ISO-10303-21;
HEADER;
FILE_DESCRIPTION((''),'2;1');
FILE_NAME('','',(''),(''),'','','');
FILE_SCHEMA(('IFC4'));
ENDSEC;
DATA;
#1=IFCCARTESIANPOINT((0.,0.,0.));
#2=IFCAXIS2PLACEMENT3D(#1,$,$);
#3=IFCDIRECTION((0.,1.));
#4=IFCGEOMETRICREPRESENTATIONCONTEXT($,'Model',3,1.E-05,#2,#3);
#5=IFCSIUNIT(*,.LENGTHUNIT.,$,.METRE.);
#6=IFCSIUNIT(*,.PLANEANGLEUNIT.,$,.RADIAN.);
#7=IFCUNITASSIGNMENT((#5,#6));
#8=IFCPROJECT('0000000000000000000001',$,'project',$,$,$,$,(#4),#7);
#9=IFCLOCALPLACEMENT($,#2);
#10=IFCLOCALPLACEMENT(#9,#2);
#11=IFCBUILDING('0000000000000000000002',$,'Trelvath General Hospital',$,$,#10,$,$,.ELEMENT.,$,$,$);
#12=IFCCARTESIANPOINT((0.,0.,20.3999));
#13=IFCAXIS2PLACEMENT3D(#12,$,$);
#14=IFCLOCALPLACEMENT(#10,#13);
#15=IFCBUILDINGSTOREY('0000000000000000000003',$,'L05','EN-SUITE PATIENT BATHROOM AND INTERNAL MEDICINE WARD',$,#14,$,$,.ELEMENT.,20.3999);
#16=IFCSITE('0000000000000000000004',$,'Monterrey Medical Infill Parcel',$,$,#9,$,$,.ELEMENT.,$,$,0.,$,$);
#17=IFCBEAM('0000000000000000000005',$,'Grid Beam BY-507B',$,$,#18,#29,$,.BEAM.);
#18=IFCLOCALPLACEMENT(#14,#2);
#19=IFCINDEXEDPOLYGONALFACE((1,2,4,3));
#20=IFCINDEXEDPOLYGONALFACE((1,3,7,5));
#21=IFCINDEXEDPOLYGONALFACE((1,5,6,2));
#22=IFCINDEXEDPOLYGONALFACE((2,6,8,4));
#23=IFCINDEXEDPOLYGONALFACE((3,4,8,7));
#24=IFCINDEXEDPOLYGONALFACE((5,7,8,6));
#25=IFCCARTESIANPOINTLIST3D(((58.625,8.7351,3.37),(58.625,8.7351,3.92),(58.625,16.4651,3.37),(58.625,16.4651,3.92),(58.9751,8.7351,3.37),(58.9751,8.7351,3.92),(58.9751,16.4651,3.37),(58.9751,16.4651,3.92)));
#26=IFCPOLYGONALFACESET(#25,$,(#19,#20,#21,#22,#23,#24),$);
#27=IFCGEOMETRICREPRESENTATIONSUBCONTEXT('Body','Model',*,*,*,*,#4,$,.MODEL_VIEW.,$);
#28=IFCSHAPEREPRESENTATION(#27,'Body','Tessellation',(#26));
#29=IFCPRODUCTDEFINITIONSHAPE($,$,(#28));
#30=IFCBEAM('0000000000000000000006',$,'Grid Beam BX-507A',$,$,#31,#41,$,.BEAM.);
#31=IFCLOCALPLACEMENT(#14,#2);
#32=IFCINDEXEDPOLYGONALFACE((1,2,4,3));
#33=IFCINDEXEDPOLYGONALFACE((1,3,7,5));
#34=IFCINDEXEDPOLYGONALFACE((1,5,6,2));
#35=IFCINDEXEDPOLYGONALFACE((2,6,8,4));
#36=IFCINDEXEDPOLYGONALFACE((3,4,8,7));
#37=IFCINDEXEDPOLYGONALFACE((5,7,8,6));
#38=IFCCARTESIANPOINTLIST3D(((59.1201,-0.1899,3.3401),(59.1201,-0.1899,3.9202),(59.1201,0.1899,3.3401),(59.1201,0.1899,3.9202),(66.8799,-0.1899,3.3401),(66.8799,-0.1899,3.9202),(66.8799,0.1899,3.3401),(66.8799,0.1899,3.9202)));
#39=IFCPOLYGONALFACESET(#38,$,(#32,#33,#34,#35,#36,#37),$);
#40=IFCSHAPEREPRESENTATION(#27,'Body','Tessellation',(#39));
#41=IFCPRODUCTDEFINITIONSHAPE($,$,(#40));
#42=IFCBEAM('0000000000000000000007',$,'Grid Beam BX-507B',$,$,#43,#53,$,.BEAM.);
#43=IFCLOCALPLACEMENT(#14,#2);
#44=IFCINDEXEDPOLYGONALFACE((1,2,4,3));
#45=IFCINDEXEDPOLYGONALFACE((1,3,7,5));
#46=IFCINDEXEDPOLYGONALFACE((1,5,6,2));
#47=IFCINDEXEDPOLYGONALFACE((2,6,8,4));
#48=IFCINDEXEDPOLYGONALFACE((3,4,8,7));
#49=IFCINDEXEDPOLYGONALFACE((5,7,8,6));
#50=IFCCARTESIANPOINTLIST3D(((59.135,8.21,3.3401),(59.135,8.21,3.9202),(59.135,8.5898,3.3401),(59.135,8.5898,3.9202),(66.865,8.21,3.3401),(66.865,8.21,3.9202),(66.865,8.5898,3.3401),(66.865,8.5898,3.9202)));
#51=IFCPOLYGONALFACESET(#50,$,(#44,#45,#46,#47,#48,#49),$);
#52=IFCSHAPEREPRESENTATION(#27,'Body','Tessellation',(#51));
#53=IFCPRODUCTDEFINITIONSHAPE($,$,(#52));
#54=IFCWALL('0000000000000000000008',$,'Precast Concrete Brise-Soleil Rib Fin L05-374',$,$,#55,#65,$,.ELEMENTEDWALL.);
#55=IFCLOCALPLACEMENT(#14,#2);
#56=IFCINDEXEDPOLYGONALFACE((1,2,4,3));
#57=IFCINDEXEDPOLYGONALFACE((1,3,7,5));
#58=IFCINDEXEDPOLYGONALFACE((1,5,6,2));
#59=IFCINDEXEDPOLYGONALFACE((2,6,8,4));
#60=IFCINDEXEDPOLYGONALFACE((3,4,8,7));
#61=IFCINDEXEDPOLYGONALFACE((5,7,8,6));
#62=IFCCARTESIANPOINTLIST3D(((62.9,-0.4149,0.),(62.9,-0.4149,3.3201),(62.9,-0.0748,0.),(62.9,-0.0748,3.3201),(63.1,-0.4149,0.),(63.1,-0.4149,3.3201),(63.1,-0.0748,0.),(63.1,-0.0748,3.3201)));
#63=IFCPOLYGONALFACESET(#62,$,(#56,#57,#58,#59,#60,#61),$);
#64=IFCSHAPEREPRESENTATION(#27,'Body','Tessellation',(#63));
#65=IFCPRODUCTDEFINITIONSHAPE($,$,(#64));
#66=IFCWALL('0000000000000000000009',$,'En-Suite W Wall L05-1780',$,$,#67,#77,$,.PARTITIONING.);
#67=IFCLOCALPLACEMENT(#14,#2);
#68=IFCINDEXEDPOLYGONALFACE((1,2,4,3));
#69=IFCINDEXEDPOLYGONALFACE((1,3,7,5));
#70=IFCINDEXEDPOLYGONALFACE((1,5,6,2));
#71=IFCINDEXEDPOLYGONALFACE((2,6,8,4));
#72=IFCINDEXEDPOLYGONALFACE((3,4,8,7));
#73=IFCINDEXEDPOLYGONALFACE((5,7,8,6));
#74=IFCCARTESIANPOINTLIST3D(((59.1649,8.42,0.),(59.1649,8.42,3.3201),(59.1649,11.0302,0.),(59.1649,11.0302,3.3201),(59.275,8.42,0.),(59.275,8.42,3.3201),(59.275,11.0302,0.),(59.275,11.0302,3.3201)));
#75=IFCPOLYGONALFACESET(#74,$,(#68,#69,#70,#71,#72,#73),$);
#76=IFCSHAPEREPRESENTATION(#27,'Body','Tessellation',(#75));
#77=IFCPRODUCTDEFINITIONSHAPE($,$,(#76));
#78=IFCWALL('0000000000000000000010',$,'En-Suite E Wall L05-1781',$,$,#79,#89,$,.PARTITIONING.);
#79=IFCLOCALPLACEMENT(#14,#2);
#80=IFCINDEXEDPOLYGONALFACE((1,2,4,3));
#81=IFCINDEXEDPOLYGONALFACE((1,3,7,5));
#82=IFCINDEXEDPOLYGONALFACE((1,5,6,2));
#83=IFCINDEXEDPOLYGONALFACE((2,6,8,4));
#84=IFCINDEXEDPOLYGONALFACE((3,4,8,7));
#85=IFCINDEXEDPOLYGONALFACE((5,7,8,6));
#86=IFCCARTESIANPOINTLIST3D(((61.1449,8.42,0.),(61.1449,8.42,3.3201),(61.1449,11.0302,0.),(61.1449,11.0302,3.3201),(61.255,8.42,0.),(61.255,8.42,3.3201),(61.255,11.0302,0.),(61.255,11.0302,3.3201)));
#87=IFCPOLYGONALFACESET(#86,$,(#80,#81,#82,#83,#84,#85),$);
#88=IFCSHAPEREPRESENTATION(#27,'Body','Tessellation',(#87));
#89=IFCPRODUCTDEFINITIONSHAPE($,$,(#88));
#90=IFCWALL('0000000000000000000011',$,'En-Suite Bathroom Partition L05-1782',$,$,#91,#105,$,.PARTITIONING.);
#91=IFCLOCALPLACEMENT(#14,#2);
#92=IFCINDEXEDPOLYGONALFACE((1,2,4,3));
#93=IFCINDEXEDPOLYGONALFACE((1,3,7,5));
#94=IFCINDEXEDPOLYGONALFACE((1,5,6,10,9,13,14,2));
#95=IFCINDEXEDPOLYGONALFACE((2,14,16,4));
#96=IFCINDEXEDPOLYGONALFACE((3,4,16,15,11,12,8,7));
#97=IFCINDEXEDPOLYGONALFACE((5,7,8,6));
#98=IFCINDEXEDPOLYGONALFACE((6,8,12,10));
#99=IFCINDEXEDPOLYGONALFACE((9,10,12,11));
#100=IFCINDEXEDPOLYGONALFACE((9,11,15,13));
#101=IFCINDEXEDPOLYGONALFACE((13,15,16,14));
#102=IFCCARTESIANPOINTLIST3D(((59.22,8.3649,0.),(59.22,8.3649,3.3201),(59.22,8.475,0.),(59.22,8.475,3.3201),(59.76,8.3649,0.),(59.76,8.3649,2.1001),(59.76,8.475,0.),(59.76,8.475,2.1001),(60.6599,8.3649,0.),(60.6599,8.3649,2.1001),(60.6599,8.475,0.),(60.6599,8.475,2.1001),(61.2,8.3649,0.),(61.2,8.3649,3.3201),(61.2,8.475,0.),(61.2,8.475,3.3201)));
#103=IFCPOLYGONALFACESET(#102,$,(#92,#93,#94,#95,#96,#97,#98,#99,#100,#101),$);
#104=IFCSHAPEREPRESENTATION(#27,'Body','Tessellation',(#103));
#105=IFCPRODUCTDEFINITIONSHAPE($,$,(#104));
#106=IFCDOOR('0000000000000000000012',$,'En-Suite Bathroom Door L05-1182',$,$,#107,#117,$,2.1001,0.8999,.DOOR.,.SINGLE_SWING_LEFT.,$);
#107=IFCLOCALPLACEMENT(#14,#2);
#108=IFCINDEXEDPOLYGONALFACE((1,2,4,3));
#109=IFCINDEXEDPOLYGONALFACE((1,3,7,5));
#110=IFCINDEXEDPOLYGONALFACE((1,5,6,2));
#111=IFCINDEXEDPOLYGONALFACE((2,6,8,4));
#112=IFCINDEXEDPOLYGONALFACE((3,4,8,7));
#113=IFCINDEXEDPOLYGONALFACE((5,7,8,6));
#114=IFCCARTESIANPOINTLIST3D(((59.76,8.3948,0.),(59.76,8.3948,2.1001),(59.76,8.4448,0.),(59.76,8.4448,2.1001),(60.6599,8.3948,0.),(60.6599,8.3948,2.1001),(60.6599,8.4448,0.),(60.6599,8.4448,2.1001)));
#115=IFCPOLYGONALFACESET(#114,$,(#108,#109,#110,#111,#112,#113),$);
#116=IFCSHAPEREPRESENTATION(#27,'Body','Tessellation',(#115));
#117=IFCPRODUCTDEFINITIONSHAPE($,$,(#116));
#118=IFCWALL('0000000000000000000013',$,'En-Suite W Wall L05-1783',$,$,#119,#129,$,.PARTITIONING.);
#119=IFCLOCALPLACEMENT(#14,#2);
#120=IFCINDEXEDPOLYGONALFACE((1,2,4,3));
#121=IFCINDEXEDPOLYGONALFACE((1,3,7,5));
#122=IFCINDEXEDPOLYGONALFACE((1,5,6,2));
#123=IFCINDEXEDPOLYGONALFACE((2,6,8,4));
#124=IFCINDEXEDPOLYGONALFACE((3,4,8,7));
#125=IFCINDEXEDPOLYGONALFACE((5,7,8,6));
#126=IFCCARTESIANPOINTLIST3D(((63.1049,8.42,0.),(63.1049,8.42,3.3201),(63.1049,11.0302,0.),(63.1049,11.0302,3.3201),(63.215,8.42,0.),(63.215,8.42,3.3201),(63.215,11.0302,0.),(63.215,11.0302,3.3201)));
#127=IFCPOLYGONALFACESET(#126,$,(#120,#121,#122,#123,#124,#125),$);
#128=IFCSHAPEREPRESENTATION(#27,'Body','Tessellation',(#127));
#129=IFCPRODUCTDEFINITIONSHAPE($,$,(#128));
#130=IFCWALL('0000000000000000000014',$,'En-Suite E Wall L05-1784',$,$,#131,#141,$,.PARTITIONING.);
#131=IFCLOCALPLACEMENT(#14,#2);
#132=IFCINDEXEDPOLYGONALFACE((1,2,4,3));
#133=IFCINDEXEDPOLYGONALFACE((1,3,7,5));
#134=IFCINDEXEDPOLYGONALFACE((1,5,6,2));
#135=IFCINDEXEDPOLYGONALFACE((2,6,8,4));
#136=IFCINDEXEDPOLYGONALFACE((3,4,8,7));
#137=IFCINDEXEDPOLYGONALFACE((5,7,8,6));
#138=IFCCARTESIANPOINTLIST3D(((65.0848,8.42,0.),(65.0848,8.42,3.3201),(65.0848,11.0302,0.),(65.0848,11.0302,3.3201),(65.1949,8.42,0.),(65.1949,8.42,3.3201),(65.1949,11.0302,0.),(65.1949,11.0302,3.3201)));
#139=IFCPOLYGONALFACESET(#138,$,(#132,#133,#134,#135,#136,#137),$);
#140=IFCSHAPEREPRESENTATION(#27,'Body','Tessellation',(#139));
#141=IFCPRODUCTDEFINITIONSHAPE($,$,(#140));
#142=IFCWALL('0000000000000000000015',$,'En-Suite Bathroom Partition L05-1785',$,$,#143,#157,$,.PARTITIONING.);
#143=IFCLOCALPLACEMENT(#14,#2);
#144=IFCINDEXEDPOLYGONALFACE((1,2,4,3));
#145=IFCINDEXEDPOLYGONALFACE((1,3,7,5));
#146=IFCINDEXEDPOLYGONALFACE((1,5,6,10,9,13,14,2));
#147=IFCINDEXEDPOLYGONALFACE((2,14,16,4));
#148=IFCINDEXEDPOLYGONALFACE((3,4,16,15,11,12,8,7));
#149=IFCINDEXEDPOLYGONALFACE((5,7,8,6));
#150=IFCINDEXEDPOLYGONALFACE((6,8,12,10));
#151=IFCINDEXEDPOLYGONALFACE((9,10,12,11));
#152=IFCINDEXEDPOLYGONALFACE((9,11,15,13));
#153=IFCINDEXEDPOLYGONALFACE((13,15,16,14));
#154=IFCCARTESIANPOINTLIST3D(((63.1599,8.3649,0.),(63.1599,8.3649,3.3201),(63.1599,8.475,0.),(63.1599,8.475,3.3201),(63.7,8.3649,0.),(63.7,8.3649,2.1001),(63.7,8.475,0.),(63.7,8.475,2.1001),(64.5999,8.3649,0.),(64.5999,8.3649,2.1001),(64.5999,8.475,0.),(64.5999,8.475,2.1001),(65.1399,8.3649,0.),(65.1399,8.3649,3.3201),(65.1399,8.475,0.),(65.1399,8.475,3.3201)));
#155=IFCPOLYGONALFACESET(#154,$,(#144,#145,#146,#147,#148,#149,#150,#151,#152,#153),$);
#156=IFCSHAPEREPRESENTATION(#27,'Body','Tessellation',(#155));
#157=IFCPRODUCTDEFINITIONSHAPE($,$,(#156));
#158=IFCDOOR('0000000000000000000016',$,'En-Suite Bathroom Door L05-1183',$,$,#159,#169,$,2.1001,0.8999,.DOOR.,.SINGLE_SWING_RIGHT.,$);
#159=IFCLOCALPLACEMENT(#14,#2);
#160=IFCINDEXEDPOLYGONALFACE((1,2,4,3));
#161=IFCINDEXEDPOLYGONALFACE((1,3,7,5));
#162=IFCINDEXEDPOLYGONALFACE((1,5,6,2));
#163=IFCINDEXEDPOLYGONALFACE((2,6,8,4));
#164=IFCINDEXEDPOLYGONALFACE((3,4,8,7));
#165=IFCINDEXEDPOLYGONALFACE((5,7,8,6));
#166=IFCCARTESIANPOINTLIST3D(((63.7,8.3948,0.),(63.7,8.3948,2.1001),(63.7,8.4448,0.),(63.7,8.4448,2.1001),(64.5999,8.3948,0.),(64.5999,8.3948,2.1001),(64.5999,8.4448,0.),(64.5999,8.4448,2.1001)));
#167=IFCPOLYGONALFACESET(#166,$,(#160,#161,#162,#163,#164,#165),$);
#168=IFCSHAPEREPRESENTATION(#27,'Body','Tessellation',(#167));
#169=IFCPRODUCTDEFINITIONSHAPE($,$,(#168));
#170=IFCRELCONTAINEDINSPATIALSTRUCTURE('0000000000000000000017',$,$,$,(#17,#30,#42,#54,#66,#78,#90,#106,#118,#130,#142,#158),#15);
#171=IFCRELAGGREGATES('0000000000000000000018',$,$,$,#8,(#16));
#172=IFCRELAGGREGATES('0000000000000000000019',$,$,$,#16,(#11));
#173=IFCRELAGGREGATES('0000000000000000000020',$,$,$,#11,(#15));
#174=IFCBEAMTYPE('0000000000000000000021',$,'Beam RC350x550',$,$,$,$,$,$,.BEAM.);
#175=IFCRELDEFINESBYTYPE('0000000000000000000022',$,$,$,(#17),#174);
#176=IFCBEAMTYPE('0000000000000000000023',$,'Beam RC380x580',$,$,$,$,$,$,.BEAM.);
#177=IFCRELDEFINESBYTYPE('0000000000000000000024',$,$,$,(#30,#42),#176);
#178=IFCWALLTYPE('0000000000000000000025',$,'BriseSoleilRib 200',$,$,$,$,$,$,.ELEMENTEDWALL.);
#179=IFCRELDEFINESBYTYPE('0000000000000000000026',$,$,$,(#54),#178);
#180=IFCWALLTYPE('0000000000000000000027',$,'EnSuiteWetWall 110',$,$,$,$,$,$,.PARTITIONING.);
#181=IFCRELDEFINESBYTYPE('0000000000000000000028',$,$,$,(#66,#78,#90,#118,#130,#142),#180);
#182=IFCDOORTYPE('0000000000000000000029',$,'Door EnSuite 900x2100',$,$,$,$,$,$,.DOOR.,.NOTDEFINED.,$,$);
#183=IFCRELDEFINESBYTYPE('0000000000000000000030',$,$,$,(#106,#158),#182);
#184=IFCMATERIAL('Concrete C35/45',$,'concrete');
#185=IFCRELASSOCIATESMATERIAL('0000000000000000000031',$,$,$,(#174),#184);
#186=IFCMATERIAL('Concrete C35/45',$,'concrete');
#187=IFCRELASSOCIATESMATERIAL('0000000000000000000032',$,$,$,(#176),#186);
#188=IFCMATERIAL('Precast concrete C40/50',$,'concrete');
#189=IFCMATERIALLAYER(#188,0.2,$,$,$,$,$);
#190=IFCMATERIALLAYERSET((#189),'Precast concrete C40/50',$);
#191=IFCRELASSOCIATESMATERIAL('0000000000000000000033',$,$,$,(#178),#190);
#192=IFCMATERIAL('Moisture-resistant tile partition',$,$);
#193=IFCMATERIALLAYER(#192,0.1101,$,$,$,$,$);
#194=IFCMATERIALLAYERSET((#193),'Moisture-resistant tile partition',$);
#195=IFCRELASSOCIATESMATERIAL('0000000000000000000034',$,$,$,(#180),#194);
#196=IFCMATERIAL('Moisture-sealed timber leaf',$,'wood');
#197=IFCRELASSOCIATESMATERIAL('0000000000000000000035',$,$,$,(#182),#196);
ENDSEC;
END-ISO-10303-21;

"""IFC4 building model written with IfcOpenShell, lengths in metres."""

from ifc_helpers import new_model, si_unit, direction, frame, frame_2d, origin, origin_2d, place, context, subcontext, project, spatial, rectangle, extrude, material, layer, layer_set, material_profile, profile_set, type_object, element, fill, save


model = new_model("IFC4")

# Units and contexts
model_context = context("Model", 3, precision=1e-05, world=origin(), true_north=direction((0.0, 1.0)))
body_context = subcontext(model_context, "Body", "Model", "MODEL_VIEW")
ifc_project = project(units=[si_unit("LENGTHUNIT", "METRE"), si_unit("PLANEANGLEUNIT", "RADIAN")], contexts=[model_context])

# Site, building, storey
site_placement = place(None, origin())
site = spatial("IfcSite", under=ifc_project, at=site_placement, Name="Monterrey Medical Infill Parcel", CompositionType="ELEMENT", RefElevation=0.0)
building_placement = place(site_placement, origin())
building = spatial("IfcBuilding", under=site, at=building_placement, Name="Trelvath General Hospital", CompositionType="ELEMENT")
storey_placement = place(building_placement, frame((0.0, 0.0, 20.3999)))
storey = spatial("IfcBuildingStorey", under=building, at=storey_placement, Name="L05", Description="EN-SUITE PATIENT BATHROOM AND INTERNAL MEDICINE WARD", CompositionType="ELEMENT", Elevation=20.3999)

# Beams
ifc_material_1 = material(Name="Concrete C35/45", Category="concrete")
ifc_material_profile_1 = material_profile(ifc_material_1, rectangle(XDim=0.3501, YDim=0.55, at=origin_2d()), Name="RCB350x550")
ifc_profile_set_1 = profile_set([ifc_material_profile_1], Name="Concrete C35/45")
beam_type_1 = type_object("IfcBeamType", Name="Beam RC350x550", PredefinedType="BEAM", material=ifc_profile_set_1)
beam_1_placement = place(storey_placement, frame((58.8, 8.7351, 3.645), z_axis=(0.0, 1.0, 0.0), x_axis=(-1.0, 0.0, 0.0)))
element("IfcBeam", 1, at=beam_1_placement, inside=storey, type_object=beam_type_1, Name="Grid Beam BY-507B", PredefinedType="BEAM", context=body_context, shape_type="SweptSolid", body=[
    extrude(rectangle(XDim=0.3501, YDim=0.55, at=origin_2d()), origin(), (0.0, 0.0, 1.0), 7.73),
])
ifc_material_2 = material(Name="Concrete C35/45", Category="concrete")
ifc_material_profile_2 = material_profile(ifc_material_2, rectangle(XDim=0.3799, YDim=0.5801, at=origin_2d()), Name="RCB380x580")
ifc_profile_set_2 = profile_set([ifc_material_profile_2], Name="Concrete C35/45")
beam_type_2 = type_object("IfcBeamType", Name="Beam RC380x580", PredefinedType="BEAM", material=ifc_profile_set_2)
beam_2_placement = place(storey_placement, frame((59.1201, 0.0, 3.6301), z_axis=(1.0, 0.0, 0.0), x_axis=(0.0, 1.0, 0.0)))
element("IfcBeam", 2, at=beam_2_placement, inside=storey, type_object=beam_type_2, Name="Grid Beam BX-507A", PredefinedType="BEAM", context=body_context, shape_type="SweptSolid", body=[
    extrude(rectangle(XDim=0.3799, YDim=0.5801, at=origin_2d()), origin(), (0.0, 0.0, 1.0), 7.7598),
])
beam_3_placement = place(storey_placement, frame((59.135, 8.3999, 3.6301), z_axis=(1.0, 0.0, 0.0), x_axis=(0.0, 1.0, 0.0)))
element("IfcBeam", 3, at=beam_3_placement, inside=storey, type_object=beam_type_2, Name="Grid Beam BX-507B", PredefinedType="BEAM", context=body_context, shape_type="SweptSolid", body=[
    extrude(rectangle(XDim=0.3799, YDim=0.5801, at=origin_2d()), origin(), (0.0, 0.0, 1.0), 7.73),
])

# Walls
ifc_material_3 = material(Name="Precast concrete C40/50", Category="concrete")
ifc_layer_1 = layer(ifc_material_3, 0.2)
ifc_layer_set_1 = layer_set([ifc_layer_1], Name="Precast concrete C40/50")
wall_type_1 = type_object("IfcWallType", Name="BriseSoleilRib 200", PredefinedType="ELEMENTEDWALL", material=ifc_layer_set_1)
wall_1_placement = place(storey_placement, frame((63.0, -0.075, 0.0), z_axis=(0.0, 0.0, 1.0), x_axis=(0.0, -1.0, 0.0)))
element("IfcWall", 4, at=wall_1_placement, inside=storey, type_object=wall_type_1, Name="Precast Concrete Brise-Soleil Rib Fin L05-374", PredefinedType="ELEMENTEDWALL", context=body_context, shape_type="SweptSolid", body=[
    extrude(rectangle(XDim=0.3401, YDim=0.2, at=frame_2d((0.1699, 0.0))), origin(), (0.0, 0.0, 1.0), 3.3201),
])
ifc_material_4 = material(Name="Moisture-resistant tile partition")
ifc_layer_2 = layer(ifc_material_4, 0.1101)
ifc_layer_set_2 = layer_set([ifc_layer_2], Name="Moisture-resistant tile partition")
wall_type_2 = type_object("IfcWallType", Name="EnSuiteWetWall 110", PredefinedType="PARTITIONING", material=ifc_layer_set_2)
for number, where, z_axis, x_axis, name in (
    (5, (59.22, 8.4199, 0.0), (0.0, 0.0, 1.0), (0.0, 1.0, 0.0), "En-Suite W Wall L05-1780"),
    (6, (61.2, 8.4199, 0.0), (0.0, 0.0, 1.0), (0.0, 1.0, 0.0), "En-Suite E Wall L05-1781"),
):
    element("IfcWall", number, at=place(storey_placement, frame(where, z_axis=z_axis, x_axis=x_axis)), inside=storey, type_object=wall_type_2, Name=name, PredefinedType="PARTITIONING", context=body_context, shape_type="SweptSolid", body=[
        extrude(rectangle(XDim=2.6101, YDim=0.1101, at=frame_2d((1.3052, 0.0))), origin(), (0.0, 0.0, 1.0), 3.3201),
    ])

# Wall, opening, door
wall_2_placement = place(storey_placement, frame((59.22, 8.4199, 0.0), z_axis=(0.0, 0.0, 1.0), x_axis=(1.0, 0.0, 0.0)))
wall_2 = element("IfcWall", 7, at=wall_2_placement, inside=storey, type_object=wall_type_2, Name="En-Suite Bathroom Partition L05-1782", PredefinedType="PARTITIONING", context=body_context, shape_type="SweptSolid", body=[
    extrude(rectangle(XDim=1.98, YDim=0.1101, at=frame_2d((0.99, 0.0))), origin(), (0.0, 0.0, 1.0), 3.3201),
])
opening_1_placement = place(wall_2_placement, frame((0.54, 0.0, 0.0)))
opening_1 = element("IfcOpeningElement", 8, at=opening_1_placement, cuts=wall_2, PredefinedType="OPENING", context=body_context, shape_type="SweptSolid", body=[
    extrude(rectangle(XDim=0.8999, YDim=2.1001, at=frame_2d((0.45, 1.05))), frame((0.0, 0.0649, 0.0), z_axis=(0.0, -1.0, 0.0), x_axis=(1.0, 0.0, 0.0)), (0.0, 0.0, 1.0), 0.1301),
])
ifc_material_5 = material(Name="Moisture-sealed timber leaf", Category="wood")
door_type = type_object("IfcDoorType", Name="Door EnSuite 900x2100", OperationType="NOTDEFINED", PredefinedType="DOOR", material=ifc_material_5)
door_1_placement = place(opening_1_placement, origin())
door_1 = element("IfcDoor", 9, at=door_1_placement, inside=storey, type_object=door_type, Name="En-Suite Bathroom Door L05-1182", OperationType="SINGLE_SWING_LEFT", OverallHeight=2.1001, OverallWidth=0.8999, PredefinedType="DOOR", context=body_context, shape_type="SweptSolid", body=[
    extrude(rectangle(XDim=0.8999, YDim=2.1001, at=frame_2d((0.45, 1.05))), frame((0.0, 0.0249, 0.0), z_axis=(0.0, -1.0, 0.0), x_axis=(1.0, 0.0, 0.0)), (0.0, 0.0, 1.0), 0.05),
])
fill(opening_1, door_1)

# Walls
for number, where, z_axis, x_axis, name in (
    (10, (63.1599, 8.4199, 0.0), (0.0, 0.0, 1.0), (0.0, 1.0, 0.0), "En-Suite W Wall L05-1783"),
    (11, (65.1399, 8.4199, 0.0), (0.0, 0.0, 1.0), (0.0, 1.0, 0.0), "En-Suite E Wall L05-1784"),
):
    element("IfcWall", number, at=place(storey_placement, frame(where, z_axis=z_axis, x_axis=x_axis)), inside=storey, type_object=wall_type_2, Name=name, PredefinedType="PARTITIONING", context=body_context, shape_type="SweptSolid", body=[
        extrude(rectangle(XDim=2.6101, YDim=0.1101, at=frame_2d((1.3052, 0.0))), origin(), (0.0, 0.0, 1.0), 3.3201),
    ])

# Wall, opening, door
wall_3_placement = place(storey_placement, frame((63.1599, 8.4199, 0.0), z_axis=(0.0, 0.0, 1.0), x_axis=(1.0, 0.0, 0.0)))
wall_3 = element("IfcWall", 12, at=wall_3_placement, inside=storey, type_object=wall_type_2, Name="En-Suite Bathroom Partition L05-1785", PredefinedType="PARTITIONING", context=body_context, shape_type="SweptSolid", body=[
    extrude(rectangle(XDim=1.98, YDim=0.1101, at=frame_2d((0.99, 0.0))), origin(), (0.0, 0.0, 1.0), 3.3201),
])
opening_2_placement = place(wall_3_placement, frame((0.54, 0.0, 0.0)))
opening_2 = element("IfcOpeningElement", 13, at=opening_2_placement, cuts=wall_3, PredefinedType="OPENING", context=body_context, shape_type="SweptSolid", body=[
    extrude(rectangle(XDim=0.8999, YDim=2.1001, at=frame_2d((0.45, 1.05))), frame((0.0, 0.0649, 0.0), z_axis=(0.0, -1.0, 0.0), x_axis=(1.0, 0.0, 0.0)), (0.0, 0.0, 1.0), 0.1301),
])
door_2_placement = place(opening_2_placement, origin())
door_2 = element("IfcDoor", 14, at=door_2_placement, inside=storey, type_object=door_type, Name="En-Suite Bathroom Door L05-1183", OperationType="SINGLE_SWING_RIGHT", OverallHeight=2.1001, OverallWidth=0.8999, PredefinedType="DOOR", context=body_context, shape_type="SweptSolid", body=[
    extrude(rectangle(XDim=0.8999, YDim=2.1001, at=frame_2d((0.45, 1.05))), frame((0.0, 0.0249, 0.0), z_axis=(0.0, -1.0, 0.0), x_axis=(1.0, 0.0, 0.0)), (0.0, 0.0, 1.0), 0.05),
])
fill(opening_2, door_2)

save(model, "model.ifc")
